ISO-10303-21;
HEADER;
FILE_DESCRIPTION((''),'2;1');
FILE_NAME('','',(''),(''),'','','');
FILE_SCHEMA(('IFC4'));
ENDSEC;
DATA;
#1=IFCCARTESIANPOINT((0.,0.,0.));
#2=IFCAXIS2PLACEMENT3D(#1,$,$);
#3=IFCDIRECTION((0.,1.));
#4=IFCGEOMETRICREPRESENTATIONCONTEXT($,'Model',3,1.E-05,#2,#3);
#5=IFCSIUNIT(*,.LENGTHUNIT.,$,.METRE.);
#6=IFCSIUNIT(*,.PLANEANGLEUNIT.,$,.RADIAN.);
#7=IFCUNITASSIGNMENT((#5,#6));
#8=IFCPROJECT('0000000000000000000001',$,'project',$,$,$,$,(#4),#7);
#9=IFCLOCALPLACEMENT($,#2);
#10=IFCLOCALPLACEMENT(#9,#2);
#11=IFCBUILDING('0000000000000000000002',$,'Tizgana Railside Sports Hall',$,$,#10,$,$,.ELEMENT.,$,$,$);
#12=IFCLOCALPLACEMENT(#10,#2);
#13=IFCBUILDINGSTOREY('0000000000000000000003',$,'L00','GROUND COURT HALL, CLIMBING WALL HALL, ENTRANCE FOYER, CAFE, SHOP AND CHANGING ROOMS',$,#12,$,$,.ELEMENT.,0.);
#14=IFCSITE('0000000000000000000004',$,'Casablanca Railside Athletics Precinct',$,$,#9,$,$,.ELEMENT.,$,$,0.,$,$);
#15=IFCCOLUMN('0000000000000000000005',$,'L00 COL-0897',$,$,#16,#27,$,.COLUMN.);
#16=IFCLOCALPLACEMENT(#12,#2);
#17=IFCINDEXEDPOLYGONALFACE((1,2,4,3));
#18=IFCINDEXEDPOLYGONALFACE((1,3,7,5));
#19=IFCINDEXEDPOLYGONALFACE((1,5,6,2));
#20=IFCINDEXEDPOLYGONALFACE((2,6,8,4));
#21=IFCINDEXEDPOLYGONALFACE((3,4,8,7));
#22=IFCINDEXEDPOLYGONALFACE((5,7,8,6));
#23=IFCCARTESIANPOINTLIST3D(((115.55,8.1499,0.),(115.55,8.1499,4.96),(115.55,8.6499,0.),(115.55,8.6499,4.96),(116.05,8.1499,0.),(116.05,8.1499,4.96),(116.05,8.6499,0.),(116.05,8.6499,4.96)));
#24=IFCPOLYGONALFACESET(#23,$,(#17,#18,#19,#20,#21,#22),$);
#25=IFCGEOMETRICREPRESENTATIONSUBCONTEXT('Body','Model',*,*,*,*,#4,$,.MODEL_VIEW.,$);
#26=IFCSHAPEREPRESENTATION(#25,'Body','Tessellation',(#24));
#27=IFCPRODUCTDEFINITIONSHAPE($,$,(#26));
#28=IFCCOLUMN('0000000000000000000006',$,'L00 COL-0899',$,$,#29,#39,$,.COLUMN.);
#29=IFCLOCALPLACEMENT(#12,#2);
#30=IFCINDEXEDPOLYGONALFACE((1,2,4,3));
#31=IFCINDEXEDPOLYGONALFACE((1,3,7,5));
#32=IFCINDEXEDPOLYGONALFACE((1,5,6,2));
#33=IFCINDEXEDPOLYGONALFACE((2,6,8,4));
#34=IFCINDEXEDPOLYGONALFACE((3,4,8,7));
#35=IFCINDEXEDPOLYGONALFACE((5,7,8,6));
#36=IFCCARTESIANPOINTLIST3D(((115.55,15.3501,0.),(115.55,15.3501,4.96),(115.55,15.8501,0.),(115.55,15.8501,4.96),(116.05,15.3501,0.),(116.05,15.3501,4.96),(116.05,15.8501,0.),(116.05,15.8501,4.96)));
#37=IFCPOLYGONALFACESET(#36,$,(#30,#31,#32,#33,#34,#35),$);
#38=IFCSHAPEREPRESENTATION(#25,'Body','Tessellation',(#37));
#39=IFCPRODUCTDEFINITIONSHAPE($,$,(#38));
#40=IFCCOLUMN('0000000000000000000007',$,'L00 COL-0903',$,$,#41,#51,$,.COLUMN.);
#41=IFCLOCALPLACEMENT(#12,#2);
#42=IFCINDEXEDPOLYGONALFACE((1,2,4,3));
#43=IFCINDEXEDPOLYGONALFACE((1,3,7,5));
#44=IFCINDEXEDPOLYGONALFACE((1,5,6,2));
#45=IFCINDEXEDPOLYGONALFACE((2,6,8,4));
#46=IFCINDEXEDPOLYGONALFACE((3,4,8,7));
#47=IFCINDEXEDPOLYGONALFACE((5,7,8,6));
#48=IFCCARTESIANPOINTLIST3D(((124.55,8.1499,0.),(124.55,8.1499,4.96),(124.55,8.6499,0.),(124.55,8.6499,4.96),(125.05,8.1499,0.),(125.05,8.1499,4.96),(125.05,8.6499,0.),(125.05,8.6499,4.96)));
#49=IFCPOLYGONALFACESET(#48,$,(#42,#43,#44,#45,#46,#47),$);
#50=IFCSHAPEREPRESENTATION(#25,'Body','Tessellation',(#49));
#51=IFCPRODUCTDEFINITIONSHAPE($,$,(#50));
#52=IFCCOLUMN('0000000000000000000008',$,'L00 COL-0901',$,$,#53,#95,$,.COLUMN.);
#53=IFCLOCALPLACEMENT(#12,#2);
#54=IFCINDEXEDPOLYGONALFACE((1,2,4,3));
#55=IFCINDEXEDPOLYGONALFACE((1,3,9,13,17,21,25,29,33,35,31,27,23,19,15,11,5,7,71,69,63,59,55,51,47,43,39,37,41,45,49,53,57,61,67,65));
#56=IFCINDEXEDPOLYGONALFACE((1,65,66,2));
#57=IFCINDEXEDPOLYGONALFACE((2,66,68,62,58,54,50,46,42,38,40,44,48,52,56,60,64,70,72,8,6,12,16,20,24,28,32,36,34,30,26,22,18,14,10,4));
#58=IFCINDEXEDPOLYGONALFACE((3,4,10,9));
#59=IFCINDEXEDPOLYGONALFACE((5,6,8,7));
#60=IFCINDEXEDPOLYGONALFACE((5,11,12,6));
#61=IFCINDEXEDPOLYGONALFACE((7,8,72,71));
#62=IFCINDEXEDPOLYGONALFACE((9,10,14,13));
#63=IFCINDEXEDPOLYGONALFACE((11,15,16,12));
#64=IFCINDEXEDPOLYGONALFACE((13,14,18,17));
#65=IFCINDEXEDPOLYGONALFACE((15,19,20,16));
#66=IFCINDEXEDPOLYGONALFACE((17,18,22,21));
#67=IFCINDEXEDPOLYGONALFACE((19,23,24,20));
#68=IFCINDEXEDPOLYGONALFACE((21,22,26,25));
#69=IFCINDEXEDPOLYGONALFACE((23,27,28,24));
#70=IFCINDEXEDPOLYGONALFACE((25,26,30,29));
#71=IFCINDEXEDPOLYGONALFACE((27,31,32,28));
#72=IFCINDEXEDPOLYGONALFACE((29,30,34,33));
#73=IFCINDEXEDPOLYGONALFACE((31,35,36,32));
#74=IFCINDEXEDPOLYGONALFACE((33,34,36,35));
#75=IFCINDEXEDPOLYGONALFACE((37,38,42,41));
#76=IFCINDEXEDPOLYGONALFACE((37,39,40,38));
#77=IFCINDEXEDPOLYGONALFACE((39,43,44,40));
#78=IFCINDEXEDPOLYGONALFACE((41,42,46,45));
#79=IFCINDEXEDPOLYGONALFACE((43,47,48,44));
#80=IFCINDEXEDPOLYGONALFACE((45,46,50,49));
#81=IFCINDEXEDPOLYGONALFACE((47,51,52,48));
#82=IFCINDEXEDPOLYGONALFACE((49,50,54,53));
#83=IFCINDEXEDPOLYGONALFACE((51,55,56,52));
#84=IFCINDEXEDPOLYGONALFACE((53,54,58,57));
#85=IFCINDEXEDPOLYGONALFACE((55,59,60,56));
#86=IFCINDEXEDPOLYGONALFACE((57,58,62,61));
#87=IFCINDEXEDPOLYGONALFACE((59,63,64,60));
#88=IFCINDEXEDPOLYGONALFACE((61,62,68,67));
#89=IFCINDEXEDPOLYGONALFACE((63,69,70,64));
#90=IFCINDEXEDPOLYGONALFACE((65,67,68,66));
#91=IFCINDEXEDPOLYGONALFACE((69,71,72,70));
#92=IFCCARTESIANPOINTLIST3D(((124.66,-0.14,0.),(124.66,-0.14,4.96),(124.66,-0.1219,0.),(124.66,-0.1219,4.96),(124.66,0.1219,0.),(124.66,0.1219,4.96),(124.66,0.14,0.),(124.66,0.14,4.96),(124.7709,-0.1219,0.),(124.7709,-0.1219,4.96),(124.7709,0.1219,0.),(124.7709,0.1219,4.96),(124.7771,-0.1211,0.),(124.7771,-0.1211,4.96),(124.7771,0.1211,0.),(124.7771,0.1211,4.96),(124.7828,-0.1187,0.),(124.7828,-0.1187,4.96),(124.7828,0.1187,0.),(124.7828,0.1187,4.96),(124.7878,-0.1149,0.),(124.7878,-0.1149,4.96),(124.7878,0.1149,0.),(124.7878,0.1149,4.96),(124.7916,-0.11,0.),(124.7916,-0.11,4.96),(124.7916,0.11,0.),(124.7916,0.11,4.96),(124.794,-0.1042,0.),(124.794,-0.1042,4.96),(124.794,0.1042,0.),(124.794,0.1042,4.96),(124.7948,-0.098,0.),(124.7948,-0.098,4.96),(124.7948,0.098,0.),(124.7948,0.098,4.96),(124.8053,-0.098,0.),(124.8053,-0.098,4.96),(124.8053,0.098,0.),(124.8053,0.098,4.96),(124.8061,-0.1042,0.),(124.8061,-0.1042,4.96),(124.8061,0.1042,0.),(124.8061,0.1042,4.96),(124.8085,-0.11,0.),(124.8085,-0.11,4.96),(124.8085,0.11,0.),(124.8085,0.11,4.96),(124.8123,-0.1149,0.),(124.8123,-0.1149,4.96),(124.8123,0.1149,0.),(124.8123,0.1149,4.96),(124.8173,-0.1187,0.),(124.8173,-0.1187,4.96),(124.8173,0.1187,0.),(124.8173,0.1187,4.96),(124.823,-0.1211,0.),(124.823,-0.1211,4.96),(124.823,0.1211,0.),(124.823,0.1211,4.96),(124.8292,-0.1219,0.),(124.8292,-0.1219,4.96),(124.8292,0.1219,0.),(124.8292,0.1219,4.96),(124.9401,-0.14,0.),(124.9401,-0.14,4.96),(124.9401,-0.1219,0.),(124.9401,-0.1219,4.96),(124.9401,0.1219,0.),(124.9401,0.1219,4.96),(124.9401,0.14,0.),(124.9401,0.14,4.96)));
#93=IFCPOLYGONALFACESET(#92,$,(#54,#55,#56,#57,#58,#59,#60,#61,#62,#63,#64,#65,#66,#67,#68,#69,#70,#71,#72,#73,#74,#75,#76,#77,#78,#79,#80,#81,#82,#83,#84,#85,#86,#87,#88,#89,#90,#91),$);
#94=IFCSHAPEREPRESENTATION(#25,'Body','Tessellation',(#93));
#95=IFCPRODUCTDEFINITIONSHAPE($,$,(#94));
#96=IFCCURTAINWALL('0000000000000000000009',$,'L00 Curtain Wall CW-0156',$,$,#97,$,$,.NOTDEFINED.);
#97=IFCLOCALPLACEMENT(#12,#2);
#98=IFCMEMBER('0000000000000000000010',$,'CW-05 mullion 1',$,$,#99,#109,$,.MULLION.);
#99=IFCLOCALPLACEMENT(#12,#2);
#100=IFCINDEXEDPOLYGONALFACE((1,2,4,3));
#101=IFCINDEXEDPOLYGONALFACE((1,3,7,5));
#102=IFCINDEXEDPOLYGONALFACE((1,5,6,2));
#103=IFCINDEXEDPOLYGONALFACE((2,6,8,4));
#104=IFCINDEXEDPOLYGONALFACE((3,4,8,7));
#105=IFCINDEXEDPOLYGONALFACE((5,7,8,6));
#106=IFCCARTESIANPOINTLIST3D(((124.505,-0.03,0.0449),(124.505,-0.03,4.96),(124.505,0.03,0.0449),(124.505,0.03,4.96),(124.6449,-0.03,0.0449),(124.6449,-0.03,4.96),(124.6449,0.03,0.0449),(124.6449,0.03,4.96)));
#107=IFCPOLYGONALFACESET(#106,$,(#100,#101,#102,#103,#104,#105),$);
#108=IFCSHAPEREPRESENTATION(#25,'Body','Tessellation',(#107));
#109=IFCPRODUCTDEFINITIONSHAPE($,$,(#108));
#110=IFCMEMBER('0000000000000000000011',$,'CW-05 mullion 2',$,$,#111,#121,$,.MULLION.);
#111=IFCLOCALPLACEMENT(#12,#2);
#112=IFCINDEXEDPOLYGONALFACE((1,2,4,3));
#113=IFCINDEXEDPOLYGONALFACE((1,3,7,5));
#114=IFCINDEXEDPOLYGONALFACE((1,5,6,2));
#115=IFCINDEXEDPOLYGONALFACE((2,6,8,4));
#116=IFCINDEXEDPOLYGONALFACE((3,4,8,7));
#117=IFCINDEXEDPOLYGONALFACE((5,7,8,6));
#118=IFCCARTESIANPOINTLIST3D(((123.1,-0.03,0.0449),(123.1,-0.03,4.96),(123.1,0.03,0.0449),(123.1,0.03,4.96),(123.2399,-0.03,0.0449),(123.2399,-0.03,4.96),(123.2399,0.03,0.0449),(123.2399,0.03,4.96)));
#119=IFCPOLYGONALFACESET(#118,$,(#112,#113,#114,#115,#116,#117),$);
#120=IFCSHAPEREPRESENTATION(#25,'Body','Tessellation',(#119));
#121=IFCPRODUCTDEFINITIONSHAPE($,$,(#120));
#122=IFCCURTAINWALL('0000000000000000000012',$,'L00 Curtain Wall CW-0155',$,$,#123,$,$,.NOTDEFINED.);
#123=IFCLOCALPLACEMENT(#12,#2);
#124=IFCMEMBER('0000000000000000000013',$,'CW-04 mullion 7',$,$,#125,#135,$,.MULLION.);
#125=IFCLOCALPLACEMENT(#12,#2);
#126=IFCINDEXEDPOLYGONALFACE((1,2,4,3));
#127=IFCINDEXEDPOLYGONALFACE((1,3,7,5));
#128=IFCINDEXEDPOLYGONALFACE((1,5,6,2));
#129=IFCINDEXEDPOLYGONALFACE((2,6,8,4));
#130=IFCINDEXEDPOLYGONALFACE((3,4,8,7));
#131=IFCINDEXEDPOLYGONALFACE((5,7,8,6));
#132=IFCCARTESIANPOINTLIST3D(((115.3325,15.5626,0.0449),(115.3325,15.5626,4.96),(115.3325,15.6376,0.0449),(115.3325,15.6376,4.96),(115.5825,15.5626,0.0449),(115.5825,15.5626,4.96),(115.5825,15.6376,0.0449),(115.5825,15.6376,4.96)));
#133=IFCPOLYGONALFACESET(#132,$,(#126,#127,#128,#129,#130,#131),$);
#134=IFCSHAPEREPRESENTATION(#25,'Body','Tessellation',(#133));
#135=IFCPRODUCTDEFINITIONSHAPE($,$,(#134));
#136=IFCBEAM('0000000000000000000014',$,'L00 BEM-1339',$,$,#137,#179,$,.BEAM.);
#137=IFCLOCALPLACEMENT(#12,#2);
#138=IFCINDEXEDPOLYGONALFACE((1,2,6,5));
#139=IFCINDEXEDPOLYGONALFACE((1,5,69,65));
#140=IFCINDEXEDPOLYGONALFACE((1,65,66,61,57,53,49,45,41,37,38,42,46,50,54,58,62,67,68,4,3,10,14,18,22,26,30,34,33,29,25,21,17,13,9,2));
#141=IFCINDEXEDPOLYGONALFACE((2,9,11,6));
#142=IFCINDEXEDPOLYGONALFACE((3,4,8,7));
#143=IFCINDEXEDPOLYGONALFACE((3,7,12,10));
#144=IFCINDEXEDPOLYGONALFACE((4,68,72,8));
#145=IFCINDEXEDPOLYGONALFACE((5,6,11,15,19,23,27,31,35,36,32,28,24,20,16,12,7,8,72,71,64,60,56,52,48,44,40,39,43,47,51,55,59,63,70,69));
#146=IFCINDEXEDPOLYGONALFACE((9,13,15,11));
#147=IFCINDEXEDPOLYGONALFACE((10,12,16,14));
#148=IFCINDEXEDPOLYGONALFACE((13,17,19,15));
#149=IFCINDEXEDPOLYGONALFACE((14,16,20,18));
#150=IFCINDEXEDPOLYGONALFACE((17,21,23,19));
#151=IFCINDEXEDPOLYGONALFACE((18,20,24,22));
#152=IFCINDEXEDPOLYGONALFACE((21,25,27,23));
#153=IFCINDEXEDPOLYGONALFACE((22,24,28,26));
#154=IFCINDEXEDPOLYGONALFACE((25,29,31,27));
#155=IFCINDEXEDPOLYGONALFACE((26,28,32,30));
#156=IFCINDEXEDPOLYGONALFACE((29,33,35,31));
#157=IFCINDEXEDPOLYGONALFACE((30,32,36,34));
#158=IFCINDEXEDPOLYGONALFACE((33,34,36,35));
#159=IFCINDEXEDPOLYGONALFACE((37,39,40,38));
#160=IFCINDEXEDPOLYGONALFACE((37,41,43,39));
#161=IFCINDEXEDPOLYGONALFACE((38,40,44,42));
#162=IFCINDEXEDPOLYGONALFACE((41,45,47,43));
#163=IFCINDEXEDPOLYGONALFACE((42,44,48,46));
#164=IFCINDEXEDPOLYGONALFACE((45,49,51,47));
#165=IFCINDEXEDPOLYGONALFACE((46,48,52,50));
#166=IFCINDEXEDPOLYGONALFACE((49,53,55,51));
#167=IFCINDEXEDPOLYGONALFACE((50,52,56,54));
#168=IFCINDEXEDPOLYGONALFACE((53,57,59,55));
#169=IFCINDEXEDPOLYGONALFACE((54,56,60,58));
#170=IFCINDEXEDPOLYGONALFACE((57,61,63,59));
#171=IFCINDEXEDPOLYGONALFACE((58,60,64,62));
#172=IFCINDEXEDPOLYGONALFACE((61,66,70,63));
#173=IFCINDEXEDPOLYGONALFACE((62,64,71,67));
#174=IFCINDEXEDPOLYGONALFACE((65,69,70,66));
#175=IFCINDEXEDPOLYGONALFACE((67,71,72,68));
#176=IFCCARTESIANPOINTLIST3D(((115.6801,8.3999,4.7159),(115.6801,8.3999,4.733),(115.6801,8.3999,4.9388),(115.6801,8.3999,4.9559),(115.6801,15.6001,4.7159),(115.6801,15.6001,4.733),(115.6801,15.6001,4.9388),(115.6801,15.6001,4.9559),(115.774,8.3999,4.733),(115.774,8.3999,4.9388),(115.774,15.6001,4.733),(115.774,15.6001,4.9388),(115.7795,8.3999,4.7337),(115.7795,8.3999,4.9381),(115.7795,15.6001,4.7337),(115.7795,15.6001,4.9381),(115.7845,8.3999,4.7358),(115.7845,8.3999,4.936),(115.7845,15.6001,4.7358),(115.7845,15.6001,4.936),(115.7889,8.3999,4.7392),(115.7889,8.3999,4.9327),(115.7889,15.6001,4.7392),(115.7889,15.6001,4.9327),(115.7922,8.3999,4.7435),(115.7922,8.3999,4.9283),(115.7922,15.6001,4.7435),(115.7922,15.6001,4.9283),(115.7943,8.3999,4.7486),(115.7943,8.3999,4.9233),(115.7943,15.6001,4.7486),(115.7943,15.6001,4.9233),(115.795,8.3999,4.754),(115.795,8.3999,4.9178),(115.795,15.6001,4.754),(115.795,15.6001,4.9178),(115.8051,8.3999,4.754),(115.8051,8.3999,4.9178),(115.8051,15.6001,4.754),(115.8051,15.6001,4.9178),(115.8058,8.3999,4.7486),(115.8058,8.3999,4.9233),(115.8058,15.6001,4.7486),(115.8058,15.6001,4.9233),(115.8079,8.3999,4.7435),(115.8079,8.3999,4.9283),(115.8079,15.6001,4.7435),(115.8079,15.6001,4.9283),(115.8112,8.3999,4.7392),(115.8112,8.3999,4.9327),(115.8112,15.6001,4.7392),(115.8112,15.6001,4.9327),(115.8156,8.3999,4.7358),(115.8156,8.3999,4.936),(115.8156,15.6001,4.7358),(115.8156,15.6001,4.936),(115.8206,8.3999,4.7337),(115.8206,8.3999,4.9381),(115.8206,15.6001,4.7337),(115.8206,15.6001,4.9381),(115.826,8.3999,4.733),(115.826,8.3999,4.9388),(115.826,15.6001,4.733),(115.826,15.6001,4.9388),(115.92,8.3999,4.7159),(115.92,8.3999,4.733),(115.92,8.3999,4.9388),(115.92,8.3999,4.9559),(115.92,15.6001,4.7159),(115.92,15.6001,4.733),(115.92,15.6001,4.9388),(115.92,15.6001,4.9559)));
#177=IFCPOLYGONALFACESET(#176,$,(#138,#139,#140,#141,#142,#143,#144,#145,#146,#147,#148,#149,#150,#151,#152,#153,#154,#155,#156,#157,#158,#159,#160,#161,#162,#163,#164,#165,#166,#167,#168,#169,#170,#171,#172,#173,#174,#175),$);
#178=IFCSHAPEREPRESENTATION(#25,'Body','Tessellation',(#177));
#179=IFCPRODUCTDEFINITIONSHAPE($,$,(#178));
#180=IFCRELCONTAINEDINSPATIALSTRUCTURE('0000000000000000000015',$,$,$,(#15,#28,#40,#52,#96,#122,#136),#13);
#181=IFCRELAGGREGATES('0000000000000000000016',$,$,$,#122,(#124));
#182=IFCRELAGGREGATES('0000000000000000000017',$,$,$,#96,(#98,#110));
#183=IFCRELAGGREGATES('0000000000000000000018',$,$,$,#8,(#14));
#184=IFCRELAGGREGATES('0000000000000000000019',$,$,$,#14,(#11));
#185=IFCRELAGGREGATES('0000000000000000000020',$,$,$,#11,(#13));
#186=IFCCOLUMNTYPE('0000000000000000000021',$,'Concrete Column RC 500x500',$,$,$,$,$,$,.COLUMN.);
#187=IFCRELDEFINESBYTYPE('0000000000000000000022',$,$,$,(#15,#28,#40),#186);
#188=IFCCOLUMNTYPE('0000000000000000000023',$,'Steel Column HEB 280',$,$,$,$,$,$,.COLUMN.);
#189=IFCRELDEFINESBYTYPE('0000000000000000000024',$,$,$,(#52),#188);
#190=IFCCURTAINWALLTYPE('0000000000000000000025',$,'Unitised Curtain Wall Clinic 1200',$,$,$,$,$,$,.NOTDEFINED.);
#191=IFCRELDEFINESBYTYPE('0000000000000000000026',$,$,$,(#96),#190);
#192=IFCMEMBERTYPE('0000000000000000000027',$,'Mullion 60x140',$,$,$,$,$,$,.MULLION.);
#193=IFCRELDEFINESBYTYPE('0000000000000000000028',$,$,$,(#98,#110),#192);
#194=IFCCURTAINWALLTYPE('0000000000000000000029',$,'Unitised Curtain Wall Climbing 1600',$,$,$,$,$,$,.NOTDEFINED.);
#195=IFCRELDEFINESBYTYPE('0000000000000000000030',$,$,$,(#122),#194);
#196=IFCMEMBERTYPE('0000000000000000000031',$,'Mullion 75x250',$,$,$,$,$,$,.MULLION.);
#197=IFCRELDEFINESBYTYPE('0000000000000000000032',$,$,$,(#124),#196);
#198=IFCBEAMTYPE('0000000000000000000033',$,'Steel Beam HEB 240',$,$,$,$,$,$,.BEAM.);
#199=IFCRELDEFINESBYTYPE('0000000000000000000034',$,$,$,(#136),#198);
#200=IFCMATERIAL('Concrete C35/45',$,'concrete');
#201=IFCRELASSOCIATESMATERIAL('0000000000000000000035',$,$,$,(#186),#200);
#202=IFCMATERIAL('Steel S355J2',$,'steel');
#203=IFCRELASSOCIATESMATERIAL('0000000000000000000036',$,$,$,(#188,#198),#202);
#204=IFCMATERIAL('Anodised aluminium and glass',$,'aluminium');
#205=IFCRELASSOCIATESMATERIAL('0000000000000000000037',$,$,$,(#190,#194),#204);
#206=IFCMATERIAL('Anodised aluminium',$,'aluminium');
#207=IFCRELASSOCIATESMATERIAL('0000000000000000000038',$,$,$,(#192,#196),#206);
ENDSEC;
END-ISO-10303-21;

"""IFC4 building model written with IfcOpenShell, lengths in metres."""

from ifc_helpers import new_model, si_unit, direction, frame, origin, origin_2d, place, context, subcontext, project, spatial, rectangle, i_section, extrude, material, material_profile, profile_set, type_object, element, aggregate, save


model = new_model("IFC4")

# Units and contexts
model_context = context("Model", 3, precision=1e-05, world=origin(), true_north=direction((0.0, 1.0)))
body_context = subcontext(model_context, "Body", "Model", "MODEL_VIEW")
ifc_project = project(units=[si_unit("LENGTHUNIT", "METRE"), si_unit("PLANEANGLEUNIT", "RADIAN")], contexts=[model_context])

# Site, building, storey
site_placement = place(None, origin())
site = spatial("IfcSite", under=ifc_project, at=site_placement, Name="Casablanca Railside Athletics Precinct", CompositionType="ELEMENT", RefElevation=0.0)
building_placement = place(site_placement, origin())
building = spatial("IfcBuilding", under=site, at=building_placement, Name="Tizgana Railside Sports Hall", CompositionType="ELEMENT")
storey_placement = place(building_placement, origin())
storey = spatial("IfcBuildingStorey", under=building, at=storey_placement, Name="L00", Description="GROUND COURT HALL, CLIMBING WALL HALL, ENTRANCE FOYER, CAFE, SHOP AND CHANGING ROOMS", CompositionType="ELEMENT", Elevation=0.0)

# Columns
ifc_material_1 = material(Name="Concrete C35/45", Category="concrete")
ifc_material_profile_1 = material_profile(ifc_material_1, rectangle(XDim=0.5, YDim=0.5, at=origin_2d()), Name="RC 500x500")
ifc_profile_set_1 = profile_set([ifc_material_profile_1], Name="Concrete C35/45")
column_type_1 = type_object("IfcColumnType", Name="Concrete Column RC 500x500", PredefinedType="COLUMN", material=ifc_profile_set_1)
for number, where, z_axis, x_axis, name in (
    (1, (115.8, 8.3999, 0.0), (0.0, 0.0, 1.0), (1.0, 0.0, 0.0), "L00 COL-0897"),
    (2, (115.8, 15.6001, 0.0), (0.0, 0.0, 1.0), (1.0, 0.0, 0.0), "L00 COL-0899"),
    (3, (124.8, 8.3999, 0.0), (0.0, 0.0, 1.0), (1.0, 0.0, 0.0), "L00 COL-0903"),
):
    element("IfcColumn", number, at=place(storey_placement, frame(where, z_axis=z_axis, x_axis=x_axis)), inside=storey, type_object=column_type_1, Name=name, PredefinedType="COLUMN", context=body_context, shape_type="SweptSolid", body=[
        extrude(rectangle(XDim=0.5, YDim=0.5, at=origin_2d()), origin(), (0.0, 0.0, 1.0), 4.96),
    ])
ifc_material_2 = material(Name="Steel S355J2", Category="steel")
ifc_material_profile_2 = material_profile(ifc_material_2, i_section(OverallWidth=0.28, OverallDepth=0.28, WebThickness=0.0105, FlangeThickness=0.0181, FilletRadius=0.0239, at=origin_2d()), Name="HEB 280")
ifc_profile_set_2 = profile_set([ifc_material_profile_2], Name="Steel S355J2")
column_type_2 = type_object("IfcColumnType", Name="Steel Column HEB 280", PredefinedType="COLUMN", material=ifc_profile_set_2)
column_placement = place(storey_placement, frame((124.8, 0.0, 0.0), z_axis=(0.0, 0.0, 1.0), x_axis=(1.0, 0.0, 0.0)))
element("IfcColumn", 4, at=column_placement, inside=storey, type_object=column_type_2, Name="L00 COL-0901", PredefinedType="COLUMN", context=body_context, shape_type="SweptSolid", body=[
    extrude(i_section(OverallWidth=0.28, OverallDepth=0.28, WebThickness=0.0105, FlangeThickness=0.0181, FilletRadius=0.0239, at=origin_2d()), origin(), (0.0, 0.0, 1.0), 4.96),
])

# Curtain wall, members
ifc_material_3 = material(Name="Anodised aluminium and glass", Category="aluminium")
curtain_wall_type_1 = type_object("IfcCurtainWallType", Name="Unitised Curtain Wall Clinic 1200", PredefinedType="NOTDEFINED", material=ifc_material_3)
curtain_wall_1_placement = place(storey_placement, origin())
curtain_wall_1 = element("IfcCurtainWall", 5, at=curtain_wall_1_placement, inside=storey, type_object=curtain_wall_type_1, Name="L00 Curtain Wall CW-0156", PredefinedType="NOTDEFINED")
ifc_material_4 = material(Name="Anodised aluminium", Category="aluminium")
ifc_material_profile_3 = material_profile(ifc_material_4, rectangle(XDim=0.0601, YDim=0.1399, at=origin_2d()), Name="Mullion 60x140")
ifc_profile_set_3 = profile_set([ifc_material_profile_3], Name="Anodised aluminium")
member_type_1 = type_object("IfcMemberType", Name="Mullion 60x140", PredefinedType="MULLION", material=ifc_profile_set_3)
member_1_placement = place(storey_placement, frame((124.575, 0.0, 0.0449), z_axis=(0.0, 0.0, 1.0), x_axis=(0.0, -1.0, 0.0)))
member_1 = element("IfcMember", 6, at=member_1_placement, type_object=member_type_1, Name="CW-05 mullion 1", PredefinedType="MULLION", context=body_context, shape_type="SweptSolid", body=[
    extrude(rectangle(XDim=0.0601, YDim=0.1399, at=origin_2d()), origin(), (0.0, 0.0, 1.0), 4.915),
])
member_2_placement = place(storey_placement, frame((123.1699, 0.0, 0.0449), z_axis=(0.0, 0.0, 1.0), x_axis=(0.0, -1.0, 0.0)))
member_2 = element("IfcMember", 7, at=member_2_placement, type_object=member_type_1, Name="CW-05 mullion 2", PredefinedType="MULLION", context=body_context, shape_type="SweptSolid", body=[
    extrude(rectangle(XDim=0.0601, YDim=0.1399, at=origin_2d()), origin(), (0.0, 0.0, 1.0), 4.915),
])

# Curtain wall, member
curtain_wall_type_2 = type_object("IfcCurtainWallType", Name="Unitised Curtain Wall Climbing 1600", PredefinedType="NOTDEFINED", material=ifc_material_3)
curtain_wall_2_placement = place(storey_placement, origin())
curtain_wall_2 = element("IfcCurtainWall", 8, at=curtain_wall_2_placement, inside=storey, type_object=curtain_wall_type_2, Name="L00 Curtain Wall CW-0155", PredefinedType="NOTDEFINED")
ifc_material_profile_4 = material_profile(ifc_material_4, rectangle(XDim=0.075, YDim=0.25, at=origin_2d()), Name="Mullion 75x250")
ifc_profile_set_4 = profile_set([ifc_material_profile_4], Name="Anodised aluminium")
member_type_2 = type_object("IfcMemberType", Name="Mullion 75x250", PredefinedType="MULLION", material=ifc_profile_set_4)
member_3_placement = place(storey_placement, frame((115.4575, 15.6001, 0.0449), z_axis=(0.0, 0.0, 1.0), x_axis=(0.0, 1.0, 0.0)))
member_3 = element("IfcMember", 9, at=member_3_placement, type_object=member_type_2, Name="CW-04 mullion 7", PredefinedType="MULLION", context=body_context, shape_type="SweptSolid", body=[
    extrude(rectangle(XDim=0.075, YDim=0.25, at=origin_2d()), origin(), (0.0, 0.0, 1.0), 4.915),
])

# Beam
ifc_material_profile_5 = material_profile(ifc_material_2, i_section(OverallWidth=0.24, OverallDepth=0.24, WebThickness=0.01, FlangeThickness=0.0171, FilletRadius=0.021, at=origin_2d()), Name="HEB 240")
ifc_profile_set_5 = profile_set([ifc_material_profile_5], Name="Steel S355J2")
beam_type_1 = type_object("IfcBeamType", Name="Steel Beam HEB 240", PredefinedType="BEAM", material=ifc_profile_set_5)
beam_1_placement = place(storey_placement, frame((115.8, 8.3999, 4.8359), z_axis=(0.0, 1.0, 0.0), x_axis=(-1.0, 0.0, 0.0)))
element("IfcBeam", 10, at=beam_1_placement, inside=storey, type_object=beam_type_1, Name="L00 BEM-1339", PredefinedType="BEAM", context=body_context, shape_type="SweptSolid", body=[
    extrude(i_section(OverallWidth=0.24, OverallDepth=0.24, WebThickness=0.01, FlangeThickness=0.0171, FilletRadius=0.021, at=origin_2d()), origin(), (0.0, 0.0, 1.0), 7.2002),
])

aggregate(curtain_wall_2, [member_3])
aggregate(curtain_wall_1, [member_1, member_2])

save(model, "model.ifc")
